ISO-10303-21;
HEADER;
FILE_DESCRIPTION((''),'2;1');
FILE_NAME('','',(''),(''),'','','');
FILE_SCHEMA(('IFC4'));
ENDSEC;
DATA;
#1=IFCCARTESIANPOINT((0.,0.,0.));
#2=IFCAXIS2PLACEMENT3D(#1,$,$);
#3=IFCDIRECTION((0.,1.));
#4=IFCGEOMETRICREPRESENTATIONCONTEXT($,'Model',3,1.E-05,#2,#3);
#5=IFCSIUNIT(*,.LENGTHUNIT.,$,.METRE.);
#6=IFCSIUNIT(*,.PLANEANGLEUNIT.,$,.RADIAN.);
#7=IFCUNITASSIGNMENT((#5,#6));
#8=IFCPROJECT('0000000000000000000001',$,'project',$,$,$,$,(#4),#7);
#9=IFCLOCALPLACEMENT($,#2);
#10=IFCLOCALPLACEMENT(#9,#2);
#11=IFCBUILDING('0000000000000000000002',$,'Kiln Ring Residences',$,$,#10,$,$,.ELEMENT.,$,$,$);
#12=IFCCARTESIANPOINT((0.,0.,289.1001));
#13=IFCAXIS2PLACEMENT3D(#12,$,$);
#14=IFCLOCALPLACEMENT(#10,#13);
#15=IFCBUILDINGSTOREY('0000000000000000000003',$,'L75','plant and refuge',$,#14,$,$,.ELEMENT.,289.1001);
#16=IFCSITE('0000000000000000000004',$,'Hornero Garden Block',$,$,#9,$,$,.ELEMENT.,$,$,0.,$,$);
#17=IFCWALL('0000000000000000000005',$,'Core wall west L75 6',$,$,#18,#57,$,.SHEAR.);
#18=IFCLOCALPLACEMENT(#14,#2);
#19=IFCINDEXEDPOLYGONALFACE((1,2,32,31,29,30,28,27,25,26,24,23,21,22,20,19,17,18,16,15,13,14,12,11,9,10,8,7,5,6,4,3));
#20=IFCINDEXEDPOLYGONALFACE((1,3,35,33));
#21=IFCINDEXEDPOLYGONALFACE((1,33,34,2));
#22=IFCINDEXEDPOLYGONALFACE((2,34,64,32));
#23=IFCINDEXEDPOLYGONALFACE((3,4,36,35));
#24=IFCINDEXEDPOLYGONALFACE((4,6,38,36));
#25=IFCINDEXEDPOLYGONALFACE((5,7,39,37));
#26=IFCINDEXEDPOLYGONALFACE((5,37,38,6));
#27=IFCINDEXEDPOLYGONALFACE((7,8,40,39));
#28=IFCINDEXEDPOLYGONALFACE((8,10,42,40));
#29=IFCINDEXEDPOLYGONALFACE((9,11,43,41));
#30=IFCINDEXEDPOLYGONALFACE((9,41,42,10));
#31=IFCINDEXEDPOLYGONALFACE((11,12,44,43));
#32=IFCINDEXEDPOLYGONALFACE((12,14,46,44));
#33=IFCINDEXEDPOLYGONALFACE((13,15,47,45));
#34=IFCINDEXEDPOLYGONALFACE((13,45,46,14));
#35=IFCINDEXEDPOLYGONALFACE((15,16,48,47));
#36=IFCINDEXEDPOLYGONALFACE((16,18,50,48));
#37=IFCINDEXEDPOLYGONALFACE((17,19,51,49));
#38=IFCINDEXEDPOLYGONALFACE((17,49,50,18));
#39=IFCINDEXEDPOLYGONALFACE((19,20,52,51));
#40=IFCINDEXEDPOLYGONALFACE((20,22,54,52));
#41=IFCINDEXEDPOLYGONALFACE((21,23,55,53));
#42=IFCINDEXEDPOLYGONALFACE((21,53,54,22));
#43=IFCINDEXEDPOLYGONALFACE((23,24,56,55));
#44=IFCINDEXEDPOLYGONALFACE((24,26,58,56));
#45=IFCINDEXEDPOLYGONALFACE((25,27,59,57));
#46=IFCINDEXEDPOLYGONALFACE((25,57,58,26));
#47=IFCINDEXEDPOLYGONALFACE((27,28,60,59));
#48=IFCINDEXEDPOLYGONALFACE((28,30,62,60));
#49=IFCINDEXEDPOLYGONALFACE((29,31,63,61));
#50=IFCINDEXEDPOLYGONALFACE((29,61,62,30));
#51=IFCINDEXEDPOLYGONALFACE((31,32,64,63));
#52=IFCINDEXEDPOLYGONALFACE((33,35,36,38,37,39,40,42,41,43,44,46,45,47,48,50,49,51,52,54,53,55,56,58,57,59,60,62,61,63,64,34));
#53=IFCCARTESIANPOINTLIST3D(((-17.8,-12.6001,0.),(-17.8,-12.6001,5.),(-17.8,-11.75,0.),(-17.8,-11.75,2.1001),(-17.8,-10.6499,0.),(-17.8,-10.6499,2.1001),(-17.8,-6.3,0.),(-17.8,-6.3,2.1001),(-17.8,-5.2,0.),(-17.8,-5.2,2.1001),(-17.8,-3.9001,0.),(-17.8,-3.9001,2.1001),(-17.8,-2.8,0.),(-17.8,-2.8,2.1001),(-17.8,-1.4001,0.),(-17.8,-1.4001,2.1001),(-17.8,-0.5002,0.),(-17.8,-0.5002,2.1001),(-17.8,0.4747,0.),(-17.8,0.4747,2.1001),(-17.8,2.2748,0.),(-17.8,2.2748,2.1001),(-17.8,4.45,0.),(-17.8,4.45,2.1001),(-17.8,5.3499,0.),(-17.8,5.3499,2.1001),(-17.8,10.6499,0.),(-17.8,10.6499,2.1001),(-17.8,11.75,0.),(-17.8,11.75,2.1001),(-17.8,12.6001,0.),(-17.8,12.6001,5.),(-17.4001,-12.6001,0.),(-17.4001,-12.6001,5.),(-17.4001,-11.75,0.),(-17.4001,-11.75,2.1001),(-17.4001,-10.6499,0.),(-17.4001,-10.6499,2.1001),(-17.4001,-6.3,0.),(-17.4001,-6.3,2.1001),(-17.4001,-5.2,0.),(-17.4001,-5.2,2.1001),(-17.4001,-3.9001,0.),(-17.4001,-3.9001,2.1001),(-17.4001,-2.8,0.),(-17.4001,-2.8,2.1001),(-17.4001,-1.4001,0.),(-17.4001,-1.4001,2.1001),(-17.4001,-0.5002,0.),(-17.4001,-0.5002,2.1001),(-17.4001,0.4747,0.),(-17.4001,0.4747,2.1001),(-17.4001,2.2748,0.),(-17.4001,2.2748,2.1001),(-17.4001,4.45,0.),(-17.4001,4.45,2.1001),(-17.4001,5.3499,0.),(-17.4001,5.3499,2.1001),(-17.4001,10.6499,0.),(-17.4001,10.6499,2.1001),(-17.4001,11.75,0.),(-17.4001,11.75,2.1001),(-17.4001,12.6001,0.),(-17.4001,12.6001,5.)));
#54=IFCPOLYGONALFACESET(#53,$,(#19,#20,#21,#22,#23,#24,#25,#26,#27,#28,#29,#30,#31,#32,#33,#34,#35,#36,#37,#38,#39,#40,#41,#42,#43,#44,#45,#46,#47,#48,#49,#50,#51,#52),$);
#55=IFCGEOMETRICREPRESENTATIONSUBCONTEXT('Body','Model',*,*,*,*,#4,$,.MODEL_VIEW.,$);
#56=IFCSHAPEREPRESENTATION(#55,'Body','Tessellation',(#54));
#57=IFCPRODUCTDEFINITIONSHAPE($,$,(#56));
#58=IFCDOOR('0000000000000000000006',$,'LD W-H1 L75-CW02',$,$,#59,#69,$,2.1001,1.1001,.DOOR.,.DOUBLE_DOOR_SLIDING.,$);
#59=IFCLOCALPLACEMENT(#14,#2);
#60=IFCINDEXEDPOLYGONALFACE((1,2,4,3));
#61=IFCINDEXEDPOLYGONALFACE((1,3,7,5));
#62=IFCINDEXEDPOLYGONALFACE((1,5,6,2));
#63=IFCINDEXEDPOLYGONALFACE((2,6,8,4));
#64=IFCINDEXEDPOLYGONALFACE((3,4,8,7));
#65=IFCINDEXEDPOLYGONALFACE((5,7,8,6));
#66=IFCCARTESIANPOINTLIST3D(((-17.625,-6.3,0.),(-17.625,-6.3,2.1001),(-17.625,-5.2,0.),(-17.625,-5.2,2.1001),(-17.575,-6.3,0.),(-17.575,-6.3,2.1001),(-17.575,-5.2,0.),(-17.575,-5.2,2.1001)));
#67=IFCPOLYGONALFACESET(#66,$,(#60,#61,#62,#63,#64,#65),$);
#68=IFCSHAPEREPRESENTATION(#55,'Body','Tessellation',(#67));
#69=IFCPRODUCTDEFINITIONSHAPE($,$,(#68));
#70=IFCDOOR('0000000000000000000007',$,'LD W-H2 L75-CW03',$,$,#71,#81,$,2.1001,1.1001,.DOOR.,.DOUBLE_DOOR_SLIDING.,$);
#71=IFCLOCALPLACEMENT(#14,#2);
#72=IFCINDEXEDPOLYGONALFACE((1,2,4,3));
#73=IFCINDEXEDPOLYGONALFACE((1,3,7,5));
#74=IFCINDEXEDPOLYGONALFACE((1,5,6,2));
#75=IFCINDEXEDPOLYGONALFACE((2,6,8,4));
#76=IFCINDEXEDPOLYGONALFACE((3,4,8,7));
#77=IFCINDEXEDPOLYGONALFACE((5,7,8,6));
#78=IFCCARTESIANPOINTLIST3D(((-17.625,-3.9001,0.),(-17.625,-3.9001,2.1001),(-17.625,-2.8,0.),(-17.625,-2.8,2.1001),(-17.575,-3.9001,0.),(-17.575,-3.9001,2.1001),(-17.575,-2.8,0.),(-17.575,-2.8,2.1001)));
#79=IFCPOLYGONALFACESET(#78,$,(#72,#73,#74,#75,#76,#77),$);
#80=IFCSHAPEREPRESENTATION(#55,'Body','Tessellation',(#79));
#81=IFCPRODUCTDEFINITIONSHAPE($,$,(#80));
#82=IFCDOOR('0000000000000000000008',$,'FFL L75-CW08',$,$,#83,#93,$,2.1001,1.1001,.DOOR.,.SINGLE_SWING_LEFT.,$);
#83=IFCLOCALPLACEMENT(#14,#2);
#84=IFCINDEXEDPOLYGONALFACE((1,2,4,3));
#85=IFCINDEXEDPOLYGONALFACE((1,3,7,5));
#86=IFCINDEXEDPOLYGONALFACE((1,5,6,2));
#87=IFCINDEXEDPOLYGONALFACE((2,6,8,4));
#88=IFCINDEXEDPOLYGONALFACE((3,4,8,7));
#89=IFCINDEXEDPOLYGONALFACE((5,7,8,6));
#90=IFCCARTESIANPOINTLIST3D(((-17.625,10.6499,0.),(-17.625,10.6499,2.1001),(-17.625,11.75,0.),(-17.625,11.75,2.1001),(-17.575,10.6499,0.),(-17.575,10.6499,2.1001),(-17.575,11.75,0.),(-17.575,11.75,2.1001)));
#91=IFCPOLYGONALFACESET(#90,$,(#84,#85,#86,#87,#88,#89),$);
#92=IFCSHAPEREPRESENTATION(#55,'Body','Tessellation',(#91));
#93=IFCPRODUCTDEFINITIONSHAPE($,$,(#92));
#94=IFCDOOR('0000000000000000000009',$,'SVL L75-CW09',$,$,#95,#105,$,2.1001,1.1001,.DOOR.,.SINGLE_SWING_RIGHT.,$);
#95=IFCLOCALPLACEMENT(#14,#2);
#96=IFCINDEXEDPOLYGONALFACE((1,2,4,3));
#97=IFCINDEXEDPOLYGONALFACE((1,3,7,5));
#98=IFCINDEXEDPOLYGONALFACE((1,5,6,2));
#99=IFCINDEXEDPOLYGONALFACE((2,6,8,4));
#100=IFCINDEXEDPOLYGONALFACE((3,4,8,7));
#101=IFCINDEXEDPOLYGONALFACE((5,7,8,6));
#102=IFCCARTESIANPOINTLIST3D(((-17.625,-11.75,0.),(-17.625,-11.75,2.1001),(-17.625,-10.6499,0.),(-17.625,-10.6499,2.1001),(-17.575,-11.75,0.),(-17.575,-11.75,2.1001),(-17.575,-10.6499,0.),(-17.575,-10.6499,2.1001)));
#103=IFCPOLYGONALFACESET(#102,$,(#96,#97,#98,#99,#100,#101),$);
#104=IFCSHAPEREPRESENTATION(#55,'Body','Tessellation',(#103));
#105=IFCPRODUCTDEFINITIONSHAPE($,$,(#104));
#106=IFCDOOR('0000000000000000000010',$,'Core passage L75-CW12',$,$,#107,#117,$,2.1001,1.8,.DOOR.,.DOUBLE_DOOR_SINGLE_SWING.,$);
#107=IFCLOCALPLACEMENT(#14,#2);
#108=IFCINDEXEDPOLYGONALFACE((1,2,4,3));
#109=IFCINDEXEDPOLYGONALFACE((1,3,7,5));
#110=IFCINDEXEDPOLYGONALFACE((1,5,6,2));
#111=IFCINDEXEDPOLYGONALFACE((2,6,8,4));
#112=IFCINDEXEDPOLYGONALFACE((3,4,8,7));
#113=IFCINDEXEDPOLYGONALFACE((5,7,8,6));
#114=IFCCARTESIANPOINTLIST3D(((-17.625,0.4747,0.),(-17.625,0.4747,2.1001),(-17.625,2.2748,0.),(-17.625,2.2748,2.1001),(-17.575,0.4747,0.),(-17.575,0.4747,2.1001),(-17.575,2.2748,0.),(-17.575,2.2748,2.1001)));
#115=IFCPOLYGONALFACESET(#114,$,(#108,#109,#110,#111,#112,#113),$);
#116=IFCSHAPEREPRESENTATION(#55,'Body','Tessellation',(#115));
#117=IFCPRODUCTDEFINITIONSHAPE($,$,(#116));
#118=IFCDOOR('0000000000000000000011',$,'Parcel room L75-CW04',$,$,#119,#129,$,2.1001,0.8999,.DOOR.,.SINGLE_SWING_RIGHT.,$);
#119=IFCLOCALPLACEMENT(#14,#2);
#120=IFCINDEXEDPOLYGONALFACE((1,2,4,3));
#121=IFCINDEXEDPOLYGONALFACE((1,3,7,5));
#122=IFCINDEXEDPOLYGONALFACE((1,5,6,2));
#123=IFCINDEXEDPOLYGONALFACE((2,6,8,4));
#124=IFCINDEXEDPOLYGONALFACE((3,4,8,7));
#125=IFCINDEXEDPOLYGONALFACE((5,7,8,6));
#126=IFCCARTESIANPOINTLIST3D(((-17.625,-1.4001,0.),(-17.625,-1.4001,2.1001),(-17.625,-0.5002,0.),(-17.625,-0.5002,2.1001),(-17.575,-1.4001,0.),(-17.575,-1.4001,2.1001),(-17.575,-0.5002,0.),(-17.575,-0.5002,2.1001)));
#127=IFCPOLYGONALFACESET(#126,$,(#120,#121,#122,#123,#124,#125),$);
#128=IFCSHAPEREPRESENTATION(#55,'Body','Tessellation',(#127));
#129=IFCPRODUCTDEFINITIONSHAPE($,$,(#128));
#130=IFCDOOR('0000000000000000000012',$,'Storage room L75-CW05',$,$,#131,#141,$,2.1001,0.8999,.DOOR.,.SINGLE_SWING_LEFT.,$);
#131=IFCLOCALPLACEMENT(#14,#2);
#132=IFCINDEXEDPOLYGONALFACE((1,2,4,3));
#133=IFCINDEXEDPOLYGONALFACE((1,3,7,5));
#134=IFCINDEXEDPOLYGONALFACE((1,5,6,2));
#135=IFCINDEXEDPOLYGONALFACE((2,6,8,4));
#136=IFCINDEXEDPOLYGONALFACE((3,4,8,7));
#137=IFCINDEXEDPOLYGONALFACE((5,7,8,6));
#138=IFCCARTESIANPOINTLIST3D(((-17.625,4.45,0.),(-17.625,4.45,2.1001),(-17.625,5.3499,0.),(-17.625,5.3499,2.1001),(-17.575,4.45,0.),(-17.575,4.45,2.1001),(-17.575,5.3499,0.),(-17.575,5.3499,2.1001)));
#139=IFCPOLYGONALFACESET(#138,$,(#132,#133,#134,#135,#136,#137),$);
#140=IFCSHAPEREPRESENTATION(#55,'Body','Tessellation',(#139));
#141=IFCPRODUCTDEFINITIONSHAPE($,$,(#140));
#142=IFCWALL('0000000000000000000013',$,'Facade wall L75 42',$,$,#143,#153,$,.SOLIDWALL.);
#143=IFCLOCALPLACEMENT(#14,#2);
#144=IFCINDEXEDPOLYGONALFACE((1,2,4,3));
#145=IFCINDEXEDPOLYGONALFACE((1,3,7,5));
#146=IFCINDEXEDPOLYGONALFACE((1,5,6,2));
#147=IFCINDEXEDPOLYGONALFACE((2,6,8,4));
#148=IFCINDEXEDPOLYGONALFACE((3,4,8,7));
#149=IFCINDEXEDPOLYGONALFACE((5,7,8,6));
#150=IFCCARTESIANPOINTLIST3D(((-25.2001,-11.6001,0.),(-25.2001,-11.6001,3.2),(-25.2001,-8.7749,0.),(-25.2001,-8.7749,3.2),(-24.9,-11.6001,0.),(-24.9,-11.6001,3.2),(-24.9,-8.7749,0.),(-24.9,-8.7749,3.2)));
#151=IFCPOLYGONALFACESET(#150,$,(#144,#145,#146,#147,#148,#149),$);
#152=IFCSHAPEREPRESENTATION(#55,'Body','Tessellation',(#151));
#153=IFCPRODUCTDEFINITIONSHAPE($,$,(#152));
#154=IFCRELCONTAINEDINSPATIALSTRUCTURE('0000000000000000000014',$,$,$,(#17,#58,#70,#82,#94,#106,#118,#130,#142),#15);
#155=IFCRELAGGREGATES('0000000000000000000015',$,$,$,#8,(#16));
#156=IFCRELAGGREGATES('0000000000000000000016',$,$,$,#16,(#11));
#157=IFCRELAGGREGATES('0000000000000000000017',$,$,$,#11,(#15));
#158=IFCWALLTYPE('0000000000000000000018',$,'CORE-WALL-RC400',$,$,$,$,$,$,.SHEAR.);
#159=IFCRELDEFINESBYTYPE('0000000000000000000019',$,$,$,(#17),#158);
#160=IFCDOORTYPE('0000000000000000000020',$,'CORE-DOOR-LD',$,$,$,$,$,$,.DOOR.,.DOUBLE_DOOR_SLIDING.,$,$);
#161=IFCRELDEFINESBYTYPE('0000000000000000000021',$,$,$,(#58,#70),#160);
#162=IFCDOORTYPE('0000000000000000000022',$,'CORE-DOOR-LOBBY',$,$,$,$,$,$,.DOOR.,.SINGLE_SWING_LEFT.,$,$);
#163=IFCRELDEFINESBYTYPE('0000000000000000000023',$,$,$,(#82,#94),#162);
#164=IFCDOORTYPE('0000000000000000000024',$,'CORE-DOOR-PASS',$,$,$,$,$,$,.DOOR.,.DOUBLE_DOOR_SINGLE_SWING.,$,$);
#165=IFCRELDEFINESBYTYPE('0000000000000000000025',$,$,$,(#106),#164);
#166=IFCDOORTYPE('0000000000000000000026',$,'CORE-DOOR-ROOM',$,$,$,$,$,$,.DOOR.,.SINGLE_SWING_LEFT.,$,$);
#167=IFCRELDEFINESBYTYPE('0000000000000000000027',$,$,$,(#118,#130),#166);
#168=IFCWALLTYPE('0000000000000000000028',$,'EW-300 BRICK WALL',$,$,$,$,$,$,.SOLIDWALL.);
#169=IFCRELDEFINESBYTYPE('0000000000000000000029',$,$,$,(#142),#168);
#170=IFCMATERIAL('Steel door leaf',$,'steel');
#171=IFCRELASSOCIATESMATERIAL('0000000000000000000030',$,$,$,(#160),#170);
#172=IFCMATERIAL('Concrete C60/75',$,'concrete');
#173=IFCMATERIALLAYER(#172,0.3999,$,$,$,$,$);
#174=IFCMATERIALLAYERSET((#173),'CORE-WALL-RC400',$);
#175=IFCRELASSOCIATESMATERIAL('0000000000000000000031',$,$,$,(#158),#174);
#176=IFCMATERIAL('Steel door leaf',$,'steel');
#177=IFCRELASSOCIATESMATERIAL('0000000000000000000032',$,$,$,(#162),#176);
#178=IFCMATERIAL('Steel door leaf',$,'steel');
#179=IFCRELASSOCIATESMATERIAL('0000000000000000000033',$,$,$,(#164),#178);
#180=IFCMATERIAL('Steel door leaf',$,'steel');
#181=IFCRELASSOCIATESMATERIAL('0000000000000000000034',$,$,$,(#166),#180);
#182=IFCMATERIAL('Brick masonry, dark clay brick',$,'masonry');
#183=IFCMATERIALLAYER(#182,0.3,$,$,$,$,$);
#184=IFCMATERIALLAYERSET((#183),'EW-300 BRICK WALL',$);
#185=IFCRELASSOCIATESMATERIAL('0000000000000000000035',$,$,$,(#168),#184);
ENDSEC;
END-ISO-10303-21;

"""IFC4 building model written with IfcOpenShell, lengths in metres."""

from ifc_helpers import new_model, si_unit, direction, frame, frame_2d, origin, place, context, subcontext, project, spatial, rectangle, extrude, material, layer, layer_set, type_object, element, fill, save


model = new_model("IFC4")

# Units and contexts
model_context = context("Model", 3, precision=1e-05, world=origin(), true_north=direction((0.0, 1.0)))
body_context = subcontext(model_context, "Body", "Model", "MODEL_VIEW")
ifc_project = project(units=[si_unit("LENGTHUNIT", "METRE"), si_unit("PLANEANGLEUNIT", "RADIAN")], contexts=[model_context])

# Site, building, storey
site_placement = place(None, origin())
site = spatial("IfcSite", under=ifc_project, at=site_placement, Name="Hornero Garden Block", CompositionType="ELEMENT", RefElevation=0.0)
building_placement = place(site_placement, origin())
building = spatial("IfcBuilding", under=site, at=building_placement, Name="Kiln Ring Residences", CompositionType="ELEMENT")
storey_placement = place(building_placement, frame((0.0, 0.0, 289.1001)))
storey = spatial("IfcBuildingStorey", under=building, at=storey_placement, Name="L75", Description="plant and refuge", CompositionType="ELEMENT", Elevation=289.1001)

# Shared definitions
ifc_material_1 = material(Name="Steel door leaf", Category="steel")
door_type_1 = type_object("IfcDoorType", Name="CORE-DOOR-LD", OperationType="DOUBLE_DOOR_SLIDING", PredefinedType="DOOR", material=ifc_material_1)

# Wall, openings, doors
ifc_material_2 = material(Name="Concrete C60/75", Category="concrete")
ifc_layer_1 = layer(ifc_material_2, 0.3999)
ifc_layer_set_1 = layer_set([ifc_layer_1], Name="CORE-WALL-RC400")
wall_type_1 = type_object("IfcWallType", Name="CORE-WALL-RC400", PredefinedType="SHEAR", material=ifc_layer_set_1)
wall_1_placement = place(storey_placement, frame((-17.6001, -12.6001, 0.0), z_axis=(0.0, 0.0, 1.0), x_axis=(0.0, 1.0, 0.0)))
wall_1 = element("IfcWall", 1, at=wall_1_placement, inside=storey, type_object=wall_type_1, Name="Core wall west L75 6", PredefinedType="SHEAR", context=body_context, shape_type="SweptSolid", body=[
    extrude(rectangle(XDim=25.2002, YDim=0.3999, at=frame_2d((12.6001, 0.0))), origin(), (0.0, 0.0, 1.0), 5.0),
])
opening_1_placement = place(wall_1_placement, frame((6.3, 0.0, 0.0)))
opening_1 = element("IfcOpeningElement", 2, at=opening_1_placement, cuts=wall_1, PredefinedType="OPENING", context=body_context, shape_type="SweptSolid", body=[
    extrude(rectangle(XDim=1.1001, YDim=2.1001, at=frame_2d((0.55, 1.05))), frame((0.0, 0.21, 0.0), z_axis=(0.0, -1.0, 0.0), x_axis=(1.0, 0.0, 0.0)), (0.0, 0.0, 1.0), 0.4199),
])
opening_2_placement = place(wall_1_placement, frame((8.7, 0.0, 0.0)))
opening_2 = element("IfcOpeningElement", 3, at=opening_2_placement, cuts=wall_1, PredefinedType="OPENING", context=body_context, shape_type="SweptSolid", body=[
    extrude(rectangle(XDim=1.1001, YDim=2.1001, at=frame_2d((0.55, 1.05))), frame((0.0, 0.21, 0.0), z_axis=(0.0, -1.0, 0.0), x_axis=(1.0, 0.0, 0.0)), (0.0, 0.0, 1.0), 0.4199),
])
opening_3_placement = place(wall_1_placement, frame((11.2, 0.0, 0.0)))
opening_3 = element("IfcOpeningElement", 4, at=opening_3_placement, cuts=wall_1, PredefinedType="OPENING", context=body_context, shape_type="SweptSolid", body=[
    extrude(rectangle(XDim=0.8999, YDim=2.1001, at=frame_2d((0.45, 1.05))), frame((0.0, 0.21, 0.0), z_axis=(0.0, -1.0, 0.0), x_axis=(1.0, 0.0, 0.0)), (0.0, 0.0, 1.0), 0.4199),
])
opening_4_placement = place(wall_1_placement, frame((17.05, 0.0, 0.0)))
opening_4 = element("IfcOpeningElement", 5, at=opening_4_placement, cuts=wall_1, PredefinedType="OPENING", context=body_context, shape_type="SweptSolid", body=[
    extrude(rectangle(XDim=0.8999, YDim=2.1001, at=frame_2d((0.45, 1.05))), frame((0.0, 0.21, 0.0), z_axis=(0.0, -1.0, 0.0), x_axis=(1.0, 0.0, 0.0)), (0.0, 0.0, 1.0), 0.4199),
])
opening_5_placement = place(wall_1_placement, frame((23.25, 0.0, 0.0)))
opening_5 = element("IfcOpeningElement", 6, at=opening_5_placement, cuts=wall_1, PredefinedType="OPENING", context=body_context, shape_type="SweptSolid", body=[
    extrude(rectangle(XDim=1.1001, YDim=2.1001, at=frame_2d((0.55, 1.05))), frame((0.0, 0.21, 0.0), z_axis=(0.0, -1.0, 0.0), x_axis=(1.0, 0.0, 0.0)), (0.0, 0.0, 1.0), 0.4199),
])
opening_6_placement = place(wall_1_placement, frame((0.8501, 0.0, 0.0)))
opening_6 = element("IfcOpeningElement", 7, at=opening_6_placement, cuts=wall_1, PredefinedType="OPENING", context=body_context, shape_type="SweptSolid", body=[
    extrude(rectangle(XDim=1.1001, YDim=2.1001, at=frame_2d((0.55, 1.05))), frame((0.0, 0.21, 0.0), z_axis=(0.0, -1.0, 0.0), x_axis=(1.0, 0.0, 0.0)), (0.0, 0.0, 1.0), 0.4199),
])
opening_7_placement = place(wall_1_placement, frame((13.075, 0.0, 0.0)))
opening_7 = element("IfcOpeningElement", 8, at=opening_7_placement, cuts=wall_1, PredefinedType="OPENING", context=body_context, shape_type="SweptSolid", body=[
    extrude(rectangle(XDim=1.8, YDim=2.1001, at=frame_2d((0.8999, 1.05))), frame((0.0, 0.21, 0.0), z_axis=(0.0, -1.0, 0.0), x_axis=(1.0, 0.0, 0.0)), (0.0, 0.0, 1.0), 0.4199),
])
door_1_placement = place(opening_1_placement, origin())
door_1 = element("IfcDoor", 9, at=door_1_placement, inside=storey, type_object=door_type_1, Name="LD W-H1 L75-CW02", OperationType="DOUBLE_DOOR_SLIDING", OverallHeight=2.1001, OverallWidth=1.1001, PredefinedType="DOOR", context=body_context, shape_type="SweptSolid", body=[
    extrude(rectangle(XDim=1.1001, YDim=2.1001, at=frame_2d((0.55, 1.05))), frame((0.0, 0.0249, 0.0), z_axis=(0.0, -1.0, 0.0), x_axis=(1.0, 0.0, 0.0)), (0.0, 0.0, 1.0), 0.05),
])
fill(opening_1, door_1)
door_2_placement = place(opening_2_placement, origin())
door_2 = element("IfcDoor", 10, at=door_2_placement, inside=storey, type_object=door_type_1, Name="LD W-H2 L75-CW03", OperationType="DOUBLE_DOOR_SLIDING", OverallHeight=2.1001, OverallWidth=1.1001, PredefinedType="DOOR", context=body_context, shape_type="SweptSolid", body=[
    extrude(rectangle(XDim=1.1001, YDim=2.1001, at=frame_2d((0.55, 1.05))), frame((0.0, 0.0249, 0.0), z_axis=(0.0, -1.0, 0.0), x_axis=(1.0, 0.0, 0.0)), (0.0, 0.0, 1.0), 0.05),
])
fill(opening_2, door_2)
ifc_material_3 = material(Name="Steel door leaf", Category="steel")
door_type_2 = type_object("IfcDoorType", Name="CORE-DOOR-LOBBY", OperationType="SINGLE_SWING_LEFT", PredefinedType="DOOR", material=ifc_material_3)
door_3_placement = place(opening_5_placement, origin())
door_3 = element("IfcDoor", 11, at=door_3_placement, inside=storey, type_object=door_type_2, Name="FFL L75-CW08", OperationType="SINGLE_SWING_LEFT", OverallHeight=2.1001, OverallWidth=1.1001, PredefinedType="DOOR", context=body_context, shape_type="SweptSolid", body=[
    extrude(rectangle(XDim=1.1001, YDim=2.1001, at=frame_2d((0.55, 1.05))), frame((0.0, 0.0249, 0.0), z_axis=(0.0, -1.0, 0.0), x_axis=(1.0, 0.0, 0.0)), (0.0, 0.0, 1.0), 0.05),
])
fill(opening_5, door_3)
door_4_placement = place(opening_6_placement, origin())
door_4 = element("IfcDoor", 12, at=door_4_placement, inside=storey, type_object=door_type_2, Name="SVL L75-CW09", OperationType="SINGLE_SWING_RIGHT", OverallHeight=2.1001, OverallWidth=1.1001, PredefinedType="DOOR", context=body_context, shape_type="SweptSolid", body=[
    extrude(rectangle(XDim=1.1001, YDim=2.1001, at=frame_2d((0.55, 1.05))), frame((0.0, 0.0249, 0.0), z_axis=(0.0, -1.0, 0.0), x_axis=(1.0, 0.0, 0.0)), (0.0, 0.0, 1.0), 0.05),
])
fill(opening_6, door_4)
ifc_material_4 = material(Name="Steel door leaf", Category="steel")
door_type_3 = type_object("IfcDoorType", Name="CORE-DOOR-PASS", OperationType="DOUBLE_DOOR_SINGLE_SWING", PredefinedType="DOOR", material=ifc_material_4)
door_5_placement = place(opening_7_placement, origin())
door_5 = element("IfcDoor", 13, at=door_5_placement, inside=storey, type_object=door_type_3, Name="Core passage L75-CW12", OperationType="DOUBLE_DOOR_SINGLE_SWING", OverallHeight=2.1001, OverallWidth=1.8, PredefinedType="DOOR", context=body_context, shape_type="SweptSolid", body=[
    extrude(rectangle(XDim=1.8, YDim=2.1001, at=frame_2d((0.8999, 1.05))), frame((0.0, 0.0249, 0.0), z_axis=(0.0, -1.0, 0.0), x_axis=(1.0, 0.0, 0.0)), (0.0, 0.0, 1.0), 0.05),
])
fill(opening_7, door_5)
ifc_material_5 = material(Name="Steel door leaf", Category="steel")
door_type_4 = type_object("IfcDoorType", Name="CORE-DOOR-ROOM", OperationType="SINGLE_SWING_LEFT", PredefinedType="DOOR", material=ifc_material_5)
door_6_placement = place(opening_3_placement, origin())
door_6 = element("IfcDoor", 14, at=door_6_placement, inside=storey, type_object=door_type_4, Name="Parcel room L75-CW04", OperationType="SINGLE_SWING_RIGHT", OverallHeight=2.1001, OverallWidth=0.8999, PredefinedType="DOOR", context=body_context, shape_type="SweptSolid", body=[
    extrude(rectangle(XDim=0.8999, YDim=2.1001, at=frame_2d((0.45, 1.05))), frame((0.0, 0.0249, 0.0), z_axis=(0.0, -1.0, 0.0), x_axis=(1.0, 0.0, 0.0)), (0.0, 0.0, 1.0), 0.05),
])
fill(opening_3, door_6)
door_7_placement = place(opening_4_placement, origin())
door_7 = element("IfcDoor", 15, at=door_7_placement, inside=storey, type_object=door_type_4, Name="Storage room L75-CW05", OperationType="SINGLE_SWING_LEFT", OverallHeight=2.1001, OverallWidth=0.8999, PredefinedType="DOOR", context=body_context, shape_type="SweptSolid", body=[
    extrude(rectangle(XDim=0.8999, YDim=2.1001, at=frame_2d((0.45, 1.05))), frame((0.0, 0.0249, 0.0), z_axis=(0.0, -1.0, 0.0), x_axis=(1.0, 0.0, 0.0)), (0.0, 0.0, 1.0), 0.05),
])
fill(opening_4, door_7)

# Wall
ifc_material_6 = material(Name="Brick masonry, dark clay brick", Category="masonry")
ifc_layer_2 = layer(ifc_material_6, 0.3)
ifc_layer_set_2 = layer_set([ifc_layer_2], Name="EW-300 BRICK WALL")
wall_type_2 = type_object("IfcWallType", Name="EW-300 BRICK WALL", PredefinedType="SOLIDWALL", material=ifc_layer_set_2)
wall_2_placement = place(storey_placement, frame((-25.05, -8.7749, 0.0), z_axis=(0.0, 0.0, 1.0), x_axis=(0.0, -1.0, 0.0)))
element("IfcWall", 16, at=wall_2_placement, inside=storey, type_object=wall_type_2, Name="Facade wall L75 42", PredefinedType="SOLIDWALL", context=body_context, shape_type="SweptSolid", body=[
    extrude(rectangle(XDim=2.8252, YDim=0.3, at=frame_2d((1.4126, 0.0))), origin(), (0.0, 0.0, 1.0), 3.2),
])

save(model, "model.ifc")
